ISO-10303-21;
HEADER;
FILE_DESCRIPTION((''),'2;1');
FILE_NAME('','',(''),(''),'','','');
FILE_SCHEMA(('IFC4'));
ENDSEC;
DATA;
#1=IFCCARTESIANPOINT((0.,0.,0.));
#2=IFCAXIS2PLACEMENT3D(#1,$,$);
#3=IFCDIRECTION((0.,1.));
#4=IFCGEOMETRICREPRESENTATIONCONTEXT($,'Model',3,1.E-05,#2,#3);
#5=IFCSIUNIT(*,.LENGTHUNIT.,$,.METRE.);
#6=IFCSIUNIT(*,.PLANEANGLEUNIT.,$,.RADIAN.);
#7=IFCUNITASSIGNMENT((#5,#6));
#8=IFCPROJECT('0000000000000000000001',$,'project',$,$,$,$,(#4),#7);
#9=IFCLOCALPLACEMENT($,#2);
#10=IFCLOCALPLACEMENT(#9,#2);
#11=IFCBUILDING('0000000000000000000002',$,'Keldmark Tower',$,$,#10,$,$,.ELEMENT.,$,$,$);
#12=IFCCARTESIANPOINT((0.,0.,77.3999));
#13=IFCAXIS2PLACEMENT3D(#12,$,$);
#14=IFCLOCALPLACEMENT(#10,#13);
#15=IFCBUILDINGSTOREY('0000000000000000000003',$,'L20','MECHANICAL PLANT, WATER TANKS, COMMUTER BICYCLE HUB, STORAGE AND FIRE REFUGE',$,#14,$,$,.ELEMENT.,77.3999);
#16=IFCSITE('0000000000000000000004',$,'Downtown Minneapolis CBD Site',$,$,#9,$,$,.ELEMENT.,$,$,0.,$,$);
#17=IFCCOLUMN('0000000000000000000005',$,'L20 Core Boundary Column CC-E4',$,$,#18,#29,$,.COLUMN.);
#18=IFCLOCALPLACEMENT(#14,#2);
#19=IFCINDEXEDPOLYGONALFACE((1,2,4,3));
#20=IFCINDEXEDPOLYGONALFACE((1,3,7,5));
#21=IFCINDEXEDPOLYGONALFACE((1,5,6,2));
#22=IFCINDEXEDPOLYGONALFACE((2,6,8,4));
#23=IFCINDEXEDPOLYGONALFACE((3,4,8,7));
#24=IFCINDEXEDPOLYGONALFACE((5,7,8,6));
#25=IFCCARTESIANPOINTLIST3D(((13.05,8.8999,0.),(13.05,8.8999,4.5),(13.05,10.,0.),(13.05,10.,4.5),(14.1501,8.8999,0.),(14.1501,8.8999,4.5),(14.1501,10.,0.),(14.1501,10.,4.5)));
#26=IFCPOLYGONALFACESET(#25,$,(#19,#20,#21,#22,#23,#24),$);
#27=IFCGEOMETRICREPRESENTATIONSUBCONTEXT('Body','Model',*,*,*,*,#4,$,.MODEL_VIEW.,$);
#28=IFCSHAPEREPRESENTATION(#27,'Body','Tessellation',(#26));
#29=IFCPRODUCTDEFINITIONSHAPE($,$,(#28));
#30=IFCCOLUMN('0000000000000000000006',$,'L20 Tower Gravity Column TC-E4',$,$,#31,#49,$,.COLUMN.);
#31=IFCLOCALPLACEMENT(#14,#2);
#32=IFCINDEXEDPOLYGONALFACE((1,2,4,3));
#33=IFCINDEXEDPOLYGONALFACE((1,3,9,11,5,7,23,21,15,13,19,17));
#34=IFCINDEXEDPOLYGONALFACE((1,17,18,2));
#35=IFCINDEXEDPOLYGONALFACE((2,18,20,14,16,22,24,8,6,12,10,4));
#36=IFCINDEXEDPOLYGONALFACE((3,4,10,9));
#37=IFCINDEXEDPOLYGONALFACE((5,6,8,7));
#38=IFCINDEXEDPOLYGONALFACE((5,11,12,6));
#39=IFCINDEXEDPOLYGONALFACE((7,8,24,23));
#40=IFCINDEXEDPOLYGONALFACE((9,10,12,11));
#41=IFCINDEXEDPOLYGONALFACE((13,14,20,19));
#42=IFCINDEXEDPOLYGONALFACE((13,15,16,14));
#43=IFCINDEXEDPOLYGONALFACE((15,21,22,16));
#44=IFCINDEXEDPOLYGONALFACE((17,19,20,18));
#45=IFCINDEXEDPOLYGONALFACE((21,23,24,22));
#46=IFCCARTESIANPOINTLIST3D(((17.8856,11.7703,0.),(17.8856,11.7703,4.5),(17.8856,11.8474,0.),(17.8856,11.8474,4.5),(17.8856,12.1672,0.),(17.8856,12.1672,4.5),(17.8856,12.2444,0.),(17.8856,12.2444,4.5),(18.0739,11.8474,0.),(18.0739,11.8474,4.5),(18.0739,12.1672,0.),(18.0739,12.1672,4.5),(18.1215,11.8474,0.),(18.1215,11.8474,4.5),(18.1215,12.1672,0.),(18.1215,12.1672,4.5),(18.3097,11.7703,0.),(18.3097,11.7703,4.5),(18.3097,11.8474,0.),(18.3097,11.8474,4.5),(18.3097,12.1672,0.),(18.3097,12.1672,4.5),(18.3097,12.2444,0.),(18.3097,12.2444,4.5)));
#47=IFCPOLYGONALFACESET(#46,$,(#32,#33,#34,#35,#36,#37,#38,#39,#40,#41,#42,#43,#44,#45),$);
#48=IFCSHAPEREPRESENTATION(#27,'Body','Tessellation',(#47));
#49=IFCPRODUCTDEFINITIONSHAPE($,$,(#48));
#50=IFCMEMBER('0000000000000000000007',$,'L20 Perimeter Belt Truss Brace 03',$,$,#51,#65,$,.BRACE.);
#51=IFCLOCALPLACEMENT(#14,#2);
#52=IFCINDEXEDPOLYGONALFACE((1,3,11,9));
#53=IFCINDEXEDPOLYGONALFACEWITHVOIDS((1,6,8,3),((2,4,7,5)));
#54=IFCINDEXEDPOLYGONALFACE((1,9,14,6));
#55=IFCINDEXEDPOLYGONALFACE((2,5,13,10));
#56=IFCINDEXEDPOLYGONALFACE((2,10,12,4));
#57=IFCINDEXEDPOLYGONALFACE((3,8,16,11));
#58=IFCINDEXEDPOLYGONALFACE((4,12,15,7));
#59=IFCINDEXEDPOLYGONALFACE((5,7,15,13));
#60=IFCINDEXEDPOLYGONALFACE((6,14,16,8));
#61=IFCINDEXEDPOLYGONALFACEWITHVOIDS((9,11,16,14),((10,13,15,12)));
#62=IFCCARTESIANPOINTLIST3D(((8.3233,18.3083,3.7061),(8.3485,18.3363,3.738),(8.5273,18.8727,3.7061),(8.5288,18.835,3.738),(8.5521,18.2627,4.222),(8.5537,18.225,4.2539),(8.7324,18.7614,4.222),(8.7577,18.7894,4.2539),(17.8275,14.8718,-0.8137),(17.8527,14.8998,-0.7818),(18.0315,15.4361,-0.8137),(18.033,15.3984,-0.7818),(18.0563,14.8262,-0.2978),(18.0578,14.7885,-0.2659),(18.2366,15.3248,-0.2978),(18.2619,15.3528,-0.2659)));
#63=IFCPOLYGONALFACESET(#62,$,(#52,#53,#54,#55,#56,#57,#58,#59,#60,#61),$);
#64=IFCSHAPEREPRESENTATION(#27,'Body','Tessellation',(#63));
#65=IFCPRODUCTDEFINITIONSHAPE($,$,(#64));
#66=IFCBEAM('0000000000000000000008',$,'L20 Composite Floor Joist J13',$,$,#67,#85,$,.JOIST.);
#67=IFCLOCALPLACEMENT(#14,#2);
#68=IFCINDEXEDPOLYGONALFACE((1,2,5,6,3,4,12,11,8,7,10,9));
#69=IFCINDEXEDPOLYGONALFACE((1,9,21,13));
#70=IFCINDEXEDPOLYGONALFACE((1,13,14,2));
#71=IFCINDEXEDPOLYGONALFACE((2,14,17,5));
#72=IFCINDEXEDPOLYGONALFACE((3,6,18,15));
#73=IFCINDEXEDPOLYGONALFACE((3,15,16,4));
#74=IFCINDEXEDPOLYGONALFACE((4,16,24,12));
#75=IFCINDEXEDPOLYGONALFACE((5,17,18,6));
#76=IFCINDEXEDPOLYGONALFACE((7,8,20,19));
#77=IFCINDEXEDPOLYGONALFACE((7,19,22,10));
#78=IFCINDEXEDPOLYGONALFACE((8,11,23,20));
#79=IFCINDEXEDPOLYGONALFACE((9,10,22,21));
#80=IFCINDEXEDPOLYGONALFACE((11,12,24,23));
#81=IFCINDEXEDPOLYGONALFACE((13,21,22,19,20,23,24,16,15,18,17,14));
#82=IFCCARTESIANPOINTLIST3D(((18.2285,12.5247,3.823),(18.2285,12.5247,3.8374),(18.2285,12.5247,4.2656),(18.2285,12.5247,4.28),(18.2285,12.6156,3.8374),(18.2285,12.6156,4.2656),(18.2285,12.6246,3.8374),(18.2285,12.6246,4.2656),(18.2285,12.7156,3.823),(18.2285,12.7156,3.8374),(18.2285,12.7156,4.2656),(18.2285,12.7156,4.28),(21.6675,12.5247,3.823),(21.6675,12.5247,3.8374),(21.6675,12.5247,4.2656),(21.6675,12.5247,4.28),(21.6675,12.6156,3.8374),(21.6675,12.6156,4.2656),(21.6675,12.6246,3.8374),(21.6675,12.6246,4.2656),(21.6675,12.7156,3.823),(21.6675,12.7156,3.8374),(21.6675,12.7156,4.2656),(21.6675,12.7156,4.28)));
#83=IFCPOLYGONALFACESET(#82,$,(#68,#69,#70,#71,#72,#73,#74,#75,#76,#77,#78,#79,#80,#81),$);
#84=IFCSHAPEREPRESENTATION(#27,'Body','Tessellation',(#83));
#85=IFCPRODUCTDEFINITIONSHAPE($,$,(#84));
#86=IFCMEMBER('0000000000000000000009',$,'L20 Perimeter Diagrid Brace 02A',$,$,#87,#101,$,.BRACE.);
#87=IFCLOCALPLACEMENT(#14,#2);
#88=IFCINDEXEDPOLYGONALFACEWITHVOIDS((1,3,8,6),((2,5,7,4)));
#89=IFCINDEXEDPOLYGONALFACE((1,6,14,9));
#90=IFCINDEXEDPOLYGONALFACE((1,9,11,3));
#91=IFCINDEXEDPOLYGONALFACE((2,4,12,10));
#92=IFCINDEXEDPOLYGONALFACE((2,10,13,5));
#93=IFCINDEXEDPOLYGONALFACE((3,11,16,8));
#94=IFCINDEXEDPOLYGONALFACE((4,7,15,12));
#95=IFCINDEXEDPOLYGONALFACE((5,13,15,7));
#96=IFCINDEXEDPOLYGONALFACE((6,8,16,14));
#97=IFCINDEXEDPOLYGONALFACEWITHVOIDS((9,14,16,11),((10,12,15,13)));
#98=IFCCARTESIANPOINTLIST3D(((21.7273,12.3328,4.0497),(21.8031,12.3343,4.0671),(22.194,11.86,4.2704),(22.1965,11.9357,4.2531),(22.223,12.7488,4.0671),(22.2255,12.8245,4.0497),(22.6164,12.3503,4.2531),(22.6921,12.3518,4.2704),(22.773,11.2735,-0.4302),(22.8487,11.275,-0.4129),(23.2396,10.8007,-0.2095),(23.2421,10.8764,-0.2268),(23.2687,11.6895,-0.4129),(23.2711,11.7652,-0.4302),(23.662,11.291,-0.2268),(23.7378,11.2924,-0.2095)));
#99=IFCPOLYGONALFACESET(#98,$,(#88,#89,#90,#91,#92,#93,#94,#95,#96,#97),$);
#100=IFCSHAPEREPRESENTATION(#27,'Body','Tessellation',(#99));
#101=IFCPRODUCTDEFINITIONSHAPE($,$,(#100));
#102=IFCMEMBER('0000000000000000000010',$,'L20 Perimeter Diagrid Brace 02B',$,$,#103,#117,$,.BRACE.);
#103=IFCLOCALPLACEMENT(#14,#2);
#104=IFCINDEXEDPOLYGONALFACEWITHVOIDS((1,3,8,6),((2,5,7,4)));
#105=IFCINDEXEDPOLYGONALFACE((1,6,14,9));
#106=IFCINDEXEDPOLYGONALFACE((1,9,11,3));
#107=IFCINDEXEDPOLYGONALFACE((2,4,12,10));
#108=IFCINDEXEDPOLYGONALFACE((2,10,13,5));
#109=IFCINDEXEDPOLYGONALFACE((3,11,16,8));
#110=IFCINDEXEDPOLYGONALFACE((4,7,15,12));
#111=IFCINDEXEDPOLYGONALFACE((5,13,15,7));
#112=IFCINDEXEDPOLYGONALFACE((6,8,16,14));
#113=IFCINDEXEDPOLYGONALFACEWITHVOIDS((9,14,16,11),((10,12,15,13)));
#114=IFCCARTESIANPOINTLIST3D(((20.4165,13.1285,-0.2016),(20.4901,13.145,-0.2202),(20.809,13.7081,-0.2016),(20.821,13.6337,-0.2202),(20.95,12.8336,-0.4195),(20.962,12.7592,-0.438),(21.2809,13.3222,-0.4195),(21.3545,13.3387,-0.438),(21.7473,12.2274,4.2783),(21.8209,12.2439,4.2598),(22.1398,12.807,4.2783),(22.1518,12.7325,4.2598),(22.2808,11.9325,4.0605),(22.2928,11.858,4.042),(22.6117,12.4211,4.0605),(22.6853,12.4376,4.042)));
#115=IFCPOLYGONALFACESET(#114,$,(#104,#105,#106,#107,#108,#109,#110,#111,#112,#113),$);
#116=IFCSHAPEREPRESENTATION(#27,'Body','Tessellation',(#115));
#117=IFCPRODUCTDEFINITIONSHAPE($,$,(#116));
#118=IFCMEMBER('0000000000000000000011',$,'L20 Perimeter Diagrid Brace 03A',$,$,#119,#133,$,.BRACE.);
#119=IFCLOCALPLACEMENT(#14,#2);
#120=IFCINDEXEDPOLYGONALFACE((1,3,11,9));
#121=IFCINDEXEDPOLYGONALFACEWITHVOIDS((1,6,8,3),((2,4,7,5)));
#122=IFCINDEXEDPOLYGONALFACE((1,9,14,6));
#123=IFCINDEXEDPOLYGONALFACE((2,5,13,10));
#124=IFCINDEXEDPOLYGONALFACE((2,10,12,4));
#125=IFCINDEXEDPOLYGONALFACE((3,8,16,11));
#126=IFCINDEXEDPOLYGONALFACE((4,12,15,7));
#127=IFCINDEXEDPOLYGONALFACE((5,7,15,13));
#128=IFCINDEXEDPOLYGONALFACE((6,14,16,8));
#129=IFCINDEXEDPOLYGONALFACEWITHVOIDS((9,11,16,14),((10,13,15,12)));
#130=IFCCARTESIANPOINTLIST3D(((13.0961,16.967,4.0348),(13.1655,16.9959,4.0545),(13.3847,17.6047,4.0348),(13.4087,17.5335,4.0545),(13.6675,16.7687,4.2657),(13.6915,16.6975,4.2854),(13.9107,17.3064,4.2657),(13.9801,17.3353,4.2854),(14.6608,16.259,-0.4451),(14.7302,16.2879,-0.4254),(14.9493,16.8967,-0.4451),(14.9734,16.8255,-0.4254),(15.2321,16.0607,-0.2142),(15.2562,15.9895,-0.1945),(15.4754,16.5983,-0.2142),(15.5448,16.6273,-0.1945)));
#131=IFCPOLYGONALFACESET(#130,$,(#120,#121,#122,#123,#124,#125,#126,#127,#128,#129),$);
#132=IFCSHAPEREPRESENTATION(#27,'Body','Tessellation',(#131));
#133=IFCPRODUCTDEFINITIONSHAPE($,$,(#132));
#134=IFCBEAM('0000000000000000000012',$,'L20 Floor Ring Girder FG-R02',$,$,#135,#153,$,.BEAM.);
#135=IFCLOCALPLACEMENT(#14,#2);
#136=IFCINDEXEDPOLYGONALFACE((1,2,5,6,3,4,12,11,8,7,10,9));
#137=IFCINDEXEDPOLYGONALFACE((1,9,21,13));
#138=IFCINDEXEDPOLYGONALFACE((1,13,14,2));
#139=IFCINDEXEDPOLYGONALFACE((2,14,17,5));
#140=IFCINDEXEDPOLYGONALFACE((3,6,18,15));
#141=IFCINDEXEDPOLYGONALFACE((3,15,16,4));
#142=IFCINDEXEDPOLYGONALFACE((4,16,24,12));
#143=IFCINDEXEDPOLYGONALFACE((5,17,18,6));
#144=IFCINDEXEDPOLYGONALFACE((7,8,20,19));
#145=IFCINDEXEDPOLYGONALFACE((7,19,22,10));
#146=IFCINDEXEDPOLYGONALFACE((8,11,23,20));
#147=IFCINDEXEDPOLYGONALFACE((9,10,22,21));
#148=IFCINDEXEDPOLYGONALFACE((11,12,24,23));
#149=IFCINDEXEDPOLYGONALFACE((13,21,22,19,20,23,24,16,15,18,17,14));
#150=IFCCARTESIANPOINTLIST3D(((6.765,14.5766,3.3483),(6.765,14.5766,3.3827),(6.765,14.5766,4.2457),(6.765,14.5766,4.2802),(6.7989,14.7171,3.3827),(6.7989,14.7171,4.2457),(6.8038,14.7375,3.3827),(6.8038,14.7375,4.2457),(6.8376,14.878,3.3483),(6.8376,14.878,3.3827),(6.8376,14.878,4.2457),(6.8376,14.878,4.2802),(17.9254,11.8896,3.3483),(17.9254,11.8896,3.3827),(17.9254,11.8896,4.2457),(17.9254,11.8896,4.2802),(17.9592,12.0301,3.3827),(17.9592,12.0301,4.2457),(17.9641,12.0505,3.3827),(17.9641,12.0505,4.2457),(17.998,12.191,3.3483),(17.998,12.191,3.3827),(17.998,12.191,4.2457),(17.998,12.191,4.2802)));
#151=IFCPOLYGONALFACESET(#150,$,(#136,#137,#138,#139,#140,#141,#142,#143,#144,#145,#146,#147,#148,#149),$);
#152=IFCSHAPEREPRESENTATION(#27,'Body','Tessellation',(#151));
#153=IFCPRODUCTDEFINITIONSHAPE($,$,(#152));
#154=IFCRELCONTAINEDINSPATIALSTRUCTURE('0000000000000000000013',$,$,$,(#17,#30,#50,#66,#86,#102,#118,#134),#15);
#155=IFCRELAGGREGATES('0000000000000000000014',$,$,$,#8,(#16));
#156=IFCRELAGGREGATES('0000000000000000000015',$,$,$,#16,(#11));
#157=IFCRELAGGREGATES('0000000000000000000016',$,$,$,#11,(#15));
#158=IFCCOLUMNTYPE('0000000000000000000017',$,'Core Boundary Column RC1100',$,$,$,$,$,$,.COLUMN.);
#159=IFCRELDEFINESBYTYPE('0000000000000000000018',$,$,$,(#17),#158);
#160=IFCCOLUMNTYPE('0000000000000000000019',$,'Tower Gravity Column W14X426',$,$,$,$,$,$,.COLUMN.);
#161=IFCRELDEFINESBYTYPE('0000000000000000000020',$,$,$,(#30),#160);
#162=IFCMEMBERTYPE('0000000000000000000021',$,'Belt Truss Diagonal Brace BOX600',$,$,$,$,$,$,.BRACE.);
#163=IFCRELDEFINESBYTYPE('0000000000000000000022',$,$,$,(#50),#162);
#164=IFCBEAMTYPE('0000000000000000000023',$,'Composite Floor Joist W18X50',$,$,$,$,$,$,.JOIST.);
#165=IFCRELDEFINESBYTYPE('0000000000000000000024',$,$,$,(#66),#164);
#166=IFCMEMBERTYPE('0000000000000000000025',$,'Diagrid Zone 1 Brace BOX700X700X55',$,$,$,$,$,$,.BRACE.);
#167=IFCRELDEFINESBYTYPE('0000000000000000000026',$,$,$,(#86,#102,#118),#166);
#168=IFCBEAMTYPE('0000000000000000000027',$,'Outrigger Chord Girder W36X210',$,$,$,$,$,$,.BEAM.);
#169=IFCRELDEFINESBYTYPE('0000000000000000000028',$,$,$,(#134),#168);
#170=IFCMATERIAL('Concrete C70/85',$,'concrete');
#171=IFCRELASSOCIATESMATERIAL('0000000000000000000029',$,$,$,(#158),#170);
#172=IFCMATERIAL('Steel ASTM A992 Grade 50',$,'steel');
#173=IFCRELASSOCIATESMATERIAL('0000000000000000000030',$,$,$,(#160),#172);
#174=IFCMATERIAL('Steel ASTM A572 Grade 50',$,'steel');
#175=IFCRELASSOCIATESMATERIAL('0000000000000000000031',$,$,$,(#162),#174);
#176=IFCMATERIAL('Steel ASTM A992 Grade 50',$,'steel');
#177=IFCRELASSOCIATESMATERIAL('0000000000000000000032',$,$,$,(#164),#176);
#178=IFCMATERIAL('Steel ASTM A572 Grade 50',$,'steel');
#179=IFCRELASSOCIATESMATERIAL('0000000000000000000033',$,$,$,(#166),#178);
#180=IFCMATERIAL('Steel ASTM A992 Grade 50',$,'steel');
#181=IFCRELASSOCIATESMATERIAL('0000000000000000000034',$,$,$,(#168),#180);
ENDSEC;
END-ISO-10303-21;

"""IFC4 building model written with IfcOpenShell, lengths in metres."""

from ifc_helpers import new_model, si_unit, direction, frame, origin, origin_2d, place, context, subcontext, project, spatial, rectangle, hollow_rectangle, i_section, extrude, material, material_profile, profile_set, type_object, element, save


model = new_model("IFC4")

# Units and contexts
model_context = context("Model", 3, precision=1e-05, world=origin(), true_north=direction((0.0, 1.0)))
body_context = subcontext(model_context, "Body", "Model", "MODEL_VIEW")
ifc_project = project(units=[si_unit("LENGTHUNIT", "METRE"), si_unit("PLANEANGLEUNIT", "RADIAN")], contexts=[model_context])

# Site, building, storey
site_placement = place(None, origin())
site = spatial("IfcSite", under=ifc_project, at=site_placement, Name="Downtown Minneapolis CBD Site", CompositionType="ELEMENT", RefElevation=0.0)
building_placement = place(site_placement, origin())
building = spatial("IfcBuilding", under=site, at=building_placement, Name="Keldmark Tower", CompositionType="ELEMENT")
storey_placement = place(building_placement, frame((0.0, 0.0, 77.3999)))
storey = spatial("IfcBuildingStorey", under=building, at=storey_placement, Name="L20", Description="MECHANICAL PLANT, WATER TANKS, COMMUTER BICYCLE HUB, STORAGE AND FIRE REFUGE", CompositionType="ELEMENT", Elevation=77.3999)

# Columns
ifc_material_1 = material(Name="Concrete C70/85", Category="concrete")
ifc_material_profile_1 = material_profile(ifc_material_1, rectangle(XDim=1.1001, YDim=1.1001, at=origin_2d()), Name="RC1100X1100")
ifc_profile_set_1 = profile_set([ifc_material_profile_1], Name="Concrete C70/85")
column_type_1 = type_object("IfcColumnType", Name="Core Boundary Column RC1100", PredefinedType="COLUMN", material=ifc_profile_set_1)
column_1_placement = place(storey_placement, frame((13.6001, 9.45, 0.0), z_axis=(0.0, 0.0, 1.0), x_axis=(1.0, 0.0, 0.0)))
element("IfcColumn", 1, at=column_1_placement, inside=storey, type_object=column_type_1, Name="L20 Core Boundary Column CC-E4", PredefinedType="COLUMN", context=body_context, shape_type="SweptSolid", body=[
    extrude(rectangle(XDim=1.1001, YDim=1.1001, at=origin_2d()), origin(), (0.0, 0.0, 1.0), 4.5),
])
ifc_material_2 = material(Name="Steel ASTM A992 Grade 50", Category="steel")
ifc_material_profile_2 = material_profile(ifc_material_2, i_section(OverallWidth=0.4241, OverallDepth=0.4741, WebThickness=0.0476, FlangeThickness=0.0771, at=origin_2d()), Name="W14X426")
ifc_profile_set_2 = profile_set([ifc_material_profile_2], Name="Steel ASTM A992 Grade 50")
column_type_2 = type_object("IfcColumnType", Name="Tower Gravity Column W14X426", PredefinedType="COLUMN", material=ifc_profile_set_2)
column_2_placement = place(storey_placement, frame((18.0977, 12.0073, 0.0), z_axis=(0.0, 0.0, 1.0), x_axis=(1.0, 0.0, 0.0)))
element("IfcColumn", 2, at=column_2_placement, inside=storey, type_object=column_type_2, Name="L20 Tower Gravity Column TC-E4", PredefinedType="COLUMN", context=body_context, shape_type="SweptSolid", body=[
    extrude(i_section(OverallWidth=0.4241, OverallDepth=0.4741, WebThickness=0.0476, FlangeThickness=0.0771, at=origin_2d()), origin(), (0.0, 0.0, 1.0), 4.5),
])

# Member
ifc_material_3 = material(Name="Steel ASTM A572 Grade 50", Category="steel")
ifc_material_profile_3 = material_profile(ifc_material_3, hollow_rectangle(XDim=0.6001, YDim=0.6001, WallThickness=0.0349, at=origin_2d()), Name="BOX600X600X35")
ifc_profile_set_3 = profile_set([ifc_material_profile_3], Name="Steel ASTM A572 Grade 50")
member_type_1 = type_object("IfcMemberType", Name="Belt Truss Diagonal Brace BOX600", PredefinedType="BRACE", material=ifc_profile_set_3)
member_1_placement = place(storey_placement, frame((18.0447, 15.1123, -0.5398), z_axis=(-0.858473, 0.310408, 0.408254), x_axis=(-0.340036, -0.940413, 0.0)))
element("IfcMember", 3, at=member_1_placement, inside=storey, type_object=member_type_1, Name="L20 Perimeter Belt Truss Brace 03", PredefinedType="BRACE", context=body_context, shape_type="SweptSolid", body=[
    extrude(hollow_rectangle(XDim=0.6001, YDim=0.6001, WallThickness=0.0349, at=origin_2d()), origin(), (0.0, 0.0, 1.0), 11.071),
])

# Beam
ifc_material_4 = material(Name="Steel ASTM A992 Grade 50", Category="steel")
ifc_material_profile_4 = material_profile(ifc_material_4, i_section(OverallWidth=0.1909, OverallDepth=0.457, WebThickness=0.009, FlangeThickness=0.0144, at=origin_2d()), Name="W18X50")
ifc_profile_set_4 = profile_set([ifc_material_profile_4], Name="Steel ASTM A992 Grade 50")
beam_type_1 = type_object("IfcBeamType", Name="Composite Floor Joist W18X50", PredefinedType="JOIST", material=ifc_profile_set_4)
beam_1_placement = place(storey_placement, frame((18.2285, 12.6201, 4.0515), z_axis=(1.0, 0.0, 0.0), x_axis=(0.0, 1.0, 0.0)))
element("IfcBeam", 4, at=beam_1_placement, inside=storey, type_object=beam_type_1, Name="L20 Composite Floor Joist J13", PredefinedType="JOIST", context=body_context, shape_type="SweptSolid", body=[
    extrude(i_section(OverallWidth=0.1909, OverallDepth=0.457, WebThickness=0.009, FlangeThickness=0.0144, at=origin_2d()), origin(), (0.0, 0.0, 1.0), 3.439),
])

# Members
ifc_material_5 = material(Name="Steel ASTM A572 Grade 50", Category="steel")
ifc_material_profile_5 = material_profile(ifc_material_5, hollow_rectangle(XDim=0.7, YDim=0.7, WallThickness=0.0549, at=origin_2d()), Name="BOX700X700X55")
ifc_profile_set_5 = profile_set([ifc_material_profile_5], Name="Steel ASTM A572 Grade 50")
member_type_2 = type_object("IfcMemberType", Name="Diagrid Zone 1 Brace BOX700X700X55", PredefinedType="BRACE", material=ifc_profile_set_5)
member_2_placement = place(storey_placement, frame((23.2554, 11.283, -0.3198), z_axis=(-0.2215, 0.224396, 0.948991), x_axis=(-0.711684, -0.702499, 0.0)))
element("IfcMember", 5, at=member_2_placement, inside=storey, type_object=member_type_2, Name="L20 Perimeter Diagrid Brace 02A", PredefinedType="BRACE", context=body_context, shape_type="SweptSolid", body=[
    extrude(hollow_rectangle(XDim=0.7, YDim=0.7, WallThickness=0.0549, at=origin_2d()), origin(), (0.0, 0.0, 1.0), 4.7207),
])
member_3_placement = place(storey_placement, frame((20.8855, 13.2336, -0.3198), z_axis=(0.279609, -0.18933, 0.941262), x_axis=(0.56068, 0.828032, 0.0)))
element("IfcMember", 6, at=member_3_placement, inside=storey, type_object=member_type_2, Name="L20 Perimeter Diagrid Brace 02B", PredefinedType="BRACE", context=body_context, shape_type="SweptSolid", body=[
    extrude(hollow_rectangle(XDim=0.7, YDim=0.7, WallThickness=0.0549, at=origin_2d()), origin(), (0.0, 0.0, 1.0), 4.7595),
])
member_4_placement = place(storey_placement, frame((15.1028, 16.4431, -0.3198), z_axis=(-0.326122, 0.147566, 0.933739), x_axis=(-0.412249, -0.911071, 0.0)))
element("IfcMember", 7, at=member_4_placement, inside=storey, type_object=member_type_2, Name="L20 Perimeter Diagrid Brace 03A", PredefinedType="BRACE", context=body_context, shape_type="SweptSolid", body=[
    extrude(hollow_rectangle(XDim=0.7, YDim=0.7, WallThickness=0.0549, at=origin_2d()), origin(), (0.0, 0.0, 1.0), 4.7979),
])

# Beam
ifc_material_6 = material(Name="Steel ASTM A992 Grade 50", Category="steel")
ifc_material_profile_6 = material_profile(ifc_material_6, i_section(OverallWidth=0.3101, OverallDepth=0.9319, WebThickness=0.021, FlangeThickness=0.0344, at=origin_2d()), Name="W36X210")
ifc_profile_set_6 = profile_set([ifc_material_profile_6], Name="Steel ASTM A992 Grade 50")
beam_type_2 = type_object("IfcBeamType", Name="Outrigger Chord Girder W36X210", PredefinedType="BEAM", material=ifc_profile_set_6)
beam_2_placement = place(storey_placement, frame((17.9617, 12.0403, 3.8142), z_axis=(-0.972219, 0.234074, 0.0), x_axis=(-0.234074, -0.972219, 0.0)))
element("IfcBeam", 8, at=beam_2_placement, inside=storey, type_object=beam_type_2, Name="L20 Floor Ring Girder FG-R02", PredefinedType="BEAM", context=body_context, shape_type="SweptSolid", body=[
    extrude(i_section(OverallWidth=0.3101, OverallDepth=0.9319, WebThickness=0.021, FlangeThickness=0.0344, at=origin_2d()), origin(), (0.0, 0.0, 1.0), 11.4792),
])

save(model, "model.ifc")
